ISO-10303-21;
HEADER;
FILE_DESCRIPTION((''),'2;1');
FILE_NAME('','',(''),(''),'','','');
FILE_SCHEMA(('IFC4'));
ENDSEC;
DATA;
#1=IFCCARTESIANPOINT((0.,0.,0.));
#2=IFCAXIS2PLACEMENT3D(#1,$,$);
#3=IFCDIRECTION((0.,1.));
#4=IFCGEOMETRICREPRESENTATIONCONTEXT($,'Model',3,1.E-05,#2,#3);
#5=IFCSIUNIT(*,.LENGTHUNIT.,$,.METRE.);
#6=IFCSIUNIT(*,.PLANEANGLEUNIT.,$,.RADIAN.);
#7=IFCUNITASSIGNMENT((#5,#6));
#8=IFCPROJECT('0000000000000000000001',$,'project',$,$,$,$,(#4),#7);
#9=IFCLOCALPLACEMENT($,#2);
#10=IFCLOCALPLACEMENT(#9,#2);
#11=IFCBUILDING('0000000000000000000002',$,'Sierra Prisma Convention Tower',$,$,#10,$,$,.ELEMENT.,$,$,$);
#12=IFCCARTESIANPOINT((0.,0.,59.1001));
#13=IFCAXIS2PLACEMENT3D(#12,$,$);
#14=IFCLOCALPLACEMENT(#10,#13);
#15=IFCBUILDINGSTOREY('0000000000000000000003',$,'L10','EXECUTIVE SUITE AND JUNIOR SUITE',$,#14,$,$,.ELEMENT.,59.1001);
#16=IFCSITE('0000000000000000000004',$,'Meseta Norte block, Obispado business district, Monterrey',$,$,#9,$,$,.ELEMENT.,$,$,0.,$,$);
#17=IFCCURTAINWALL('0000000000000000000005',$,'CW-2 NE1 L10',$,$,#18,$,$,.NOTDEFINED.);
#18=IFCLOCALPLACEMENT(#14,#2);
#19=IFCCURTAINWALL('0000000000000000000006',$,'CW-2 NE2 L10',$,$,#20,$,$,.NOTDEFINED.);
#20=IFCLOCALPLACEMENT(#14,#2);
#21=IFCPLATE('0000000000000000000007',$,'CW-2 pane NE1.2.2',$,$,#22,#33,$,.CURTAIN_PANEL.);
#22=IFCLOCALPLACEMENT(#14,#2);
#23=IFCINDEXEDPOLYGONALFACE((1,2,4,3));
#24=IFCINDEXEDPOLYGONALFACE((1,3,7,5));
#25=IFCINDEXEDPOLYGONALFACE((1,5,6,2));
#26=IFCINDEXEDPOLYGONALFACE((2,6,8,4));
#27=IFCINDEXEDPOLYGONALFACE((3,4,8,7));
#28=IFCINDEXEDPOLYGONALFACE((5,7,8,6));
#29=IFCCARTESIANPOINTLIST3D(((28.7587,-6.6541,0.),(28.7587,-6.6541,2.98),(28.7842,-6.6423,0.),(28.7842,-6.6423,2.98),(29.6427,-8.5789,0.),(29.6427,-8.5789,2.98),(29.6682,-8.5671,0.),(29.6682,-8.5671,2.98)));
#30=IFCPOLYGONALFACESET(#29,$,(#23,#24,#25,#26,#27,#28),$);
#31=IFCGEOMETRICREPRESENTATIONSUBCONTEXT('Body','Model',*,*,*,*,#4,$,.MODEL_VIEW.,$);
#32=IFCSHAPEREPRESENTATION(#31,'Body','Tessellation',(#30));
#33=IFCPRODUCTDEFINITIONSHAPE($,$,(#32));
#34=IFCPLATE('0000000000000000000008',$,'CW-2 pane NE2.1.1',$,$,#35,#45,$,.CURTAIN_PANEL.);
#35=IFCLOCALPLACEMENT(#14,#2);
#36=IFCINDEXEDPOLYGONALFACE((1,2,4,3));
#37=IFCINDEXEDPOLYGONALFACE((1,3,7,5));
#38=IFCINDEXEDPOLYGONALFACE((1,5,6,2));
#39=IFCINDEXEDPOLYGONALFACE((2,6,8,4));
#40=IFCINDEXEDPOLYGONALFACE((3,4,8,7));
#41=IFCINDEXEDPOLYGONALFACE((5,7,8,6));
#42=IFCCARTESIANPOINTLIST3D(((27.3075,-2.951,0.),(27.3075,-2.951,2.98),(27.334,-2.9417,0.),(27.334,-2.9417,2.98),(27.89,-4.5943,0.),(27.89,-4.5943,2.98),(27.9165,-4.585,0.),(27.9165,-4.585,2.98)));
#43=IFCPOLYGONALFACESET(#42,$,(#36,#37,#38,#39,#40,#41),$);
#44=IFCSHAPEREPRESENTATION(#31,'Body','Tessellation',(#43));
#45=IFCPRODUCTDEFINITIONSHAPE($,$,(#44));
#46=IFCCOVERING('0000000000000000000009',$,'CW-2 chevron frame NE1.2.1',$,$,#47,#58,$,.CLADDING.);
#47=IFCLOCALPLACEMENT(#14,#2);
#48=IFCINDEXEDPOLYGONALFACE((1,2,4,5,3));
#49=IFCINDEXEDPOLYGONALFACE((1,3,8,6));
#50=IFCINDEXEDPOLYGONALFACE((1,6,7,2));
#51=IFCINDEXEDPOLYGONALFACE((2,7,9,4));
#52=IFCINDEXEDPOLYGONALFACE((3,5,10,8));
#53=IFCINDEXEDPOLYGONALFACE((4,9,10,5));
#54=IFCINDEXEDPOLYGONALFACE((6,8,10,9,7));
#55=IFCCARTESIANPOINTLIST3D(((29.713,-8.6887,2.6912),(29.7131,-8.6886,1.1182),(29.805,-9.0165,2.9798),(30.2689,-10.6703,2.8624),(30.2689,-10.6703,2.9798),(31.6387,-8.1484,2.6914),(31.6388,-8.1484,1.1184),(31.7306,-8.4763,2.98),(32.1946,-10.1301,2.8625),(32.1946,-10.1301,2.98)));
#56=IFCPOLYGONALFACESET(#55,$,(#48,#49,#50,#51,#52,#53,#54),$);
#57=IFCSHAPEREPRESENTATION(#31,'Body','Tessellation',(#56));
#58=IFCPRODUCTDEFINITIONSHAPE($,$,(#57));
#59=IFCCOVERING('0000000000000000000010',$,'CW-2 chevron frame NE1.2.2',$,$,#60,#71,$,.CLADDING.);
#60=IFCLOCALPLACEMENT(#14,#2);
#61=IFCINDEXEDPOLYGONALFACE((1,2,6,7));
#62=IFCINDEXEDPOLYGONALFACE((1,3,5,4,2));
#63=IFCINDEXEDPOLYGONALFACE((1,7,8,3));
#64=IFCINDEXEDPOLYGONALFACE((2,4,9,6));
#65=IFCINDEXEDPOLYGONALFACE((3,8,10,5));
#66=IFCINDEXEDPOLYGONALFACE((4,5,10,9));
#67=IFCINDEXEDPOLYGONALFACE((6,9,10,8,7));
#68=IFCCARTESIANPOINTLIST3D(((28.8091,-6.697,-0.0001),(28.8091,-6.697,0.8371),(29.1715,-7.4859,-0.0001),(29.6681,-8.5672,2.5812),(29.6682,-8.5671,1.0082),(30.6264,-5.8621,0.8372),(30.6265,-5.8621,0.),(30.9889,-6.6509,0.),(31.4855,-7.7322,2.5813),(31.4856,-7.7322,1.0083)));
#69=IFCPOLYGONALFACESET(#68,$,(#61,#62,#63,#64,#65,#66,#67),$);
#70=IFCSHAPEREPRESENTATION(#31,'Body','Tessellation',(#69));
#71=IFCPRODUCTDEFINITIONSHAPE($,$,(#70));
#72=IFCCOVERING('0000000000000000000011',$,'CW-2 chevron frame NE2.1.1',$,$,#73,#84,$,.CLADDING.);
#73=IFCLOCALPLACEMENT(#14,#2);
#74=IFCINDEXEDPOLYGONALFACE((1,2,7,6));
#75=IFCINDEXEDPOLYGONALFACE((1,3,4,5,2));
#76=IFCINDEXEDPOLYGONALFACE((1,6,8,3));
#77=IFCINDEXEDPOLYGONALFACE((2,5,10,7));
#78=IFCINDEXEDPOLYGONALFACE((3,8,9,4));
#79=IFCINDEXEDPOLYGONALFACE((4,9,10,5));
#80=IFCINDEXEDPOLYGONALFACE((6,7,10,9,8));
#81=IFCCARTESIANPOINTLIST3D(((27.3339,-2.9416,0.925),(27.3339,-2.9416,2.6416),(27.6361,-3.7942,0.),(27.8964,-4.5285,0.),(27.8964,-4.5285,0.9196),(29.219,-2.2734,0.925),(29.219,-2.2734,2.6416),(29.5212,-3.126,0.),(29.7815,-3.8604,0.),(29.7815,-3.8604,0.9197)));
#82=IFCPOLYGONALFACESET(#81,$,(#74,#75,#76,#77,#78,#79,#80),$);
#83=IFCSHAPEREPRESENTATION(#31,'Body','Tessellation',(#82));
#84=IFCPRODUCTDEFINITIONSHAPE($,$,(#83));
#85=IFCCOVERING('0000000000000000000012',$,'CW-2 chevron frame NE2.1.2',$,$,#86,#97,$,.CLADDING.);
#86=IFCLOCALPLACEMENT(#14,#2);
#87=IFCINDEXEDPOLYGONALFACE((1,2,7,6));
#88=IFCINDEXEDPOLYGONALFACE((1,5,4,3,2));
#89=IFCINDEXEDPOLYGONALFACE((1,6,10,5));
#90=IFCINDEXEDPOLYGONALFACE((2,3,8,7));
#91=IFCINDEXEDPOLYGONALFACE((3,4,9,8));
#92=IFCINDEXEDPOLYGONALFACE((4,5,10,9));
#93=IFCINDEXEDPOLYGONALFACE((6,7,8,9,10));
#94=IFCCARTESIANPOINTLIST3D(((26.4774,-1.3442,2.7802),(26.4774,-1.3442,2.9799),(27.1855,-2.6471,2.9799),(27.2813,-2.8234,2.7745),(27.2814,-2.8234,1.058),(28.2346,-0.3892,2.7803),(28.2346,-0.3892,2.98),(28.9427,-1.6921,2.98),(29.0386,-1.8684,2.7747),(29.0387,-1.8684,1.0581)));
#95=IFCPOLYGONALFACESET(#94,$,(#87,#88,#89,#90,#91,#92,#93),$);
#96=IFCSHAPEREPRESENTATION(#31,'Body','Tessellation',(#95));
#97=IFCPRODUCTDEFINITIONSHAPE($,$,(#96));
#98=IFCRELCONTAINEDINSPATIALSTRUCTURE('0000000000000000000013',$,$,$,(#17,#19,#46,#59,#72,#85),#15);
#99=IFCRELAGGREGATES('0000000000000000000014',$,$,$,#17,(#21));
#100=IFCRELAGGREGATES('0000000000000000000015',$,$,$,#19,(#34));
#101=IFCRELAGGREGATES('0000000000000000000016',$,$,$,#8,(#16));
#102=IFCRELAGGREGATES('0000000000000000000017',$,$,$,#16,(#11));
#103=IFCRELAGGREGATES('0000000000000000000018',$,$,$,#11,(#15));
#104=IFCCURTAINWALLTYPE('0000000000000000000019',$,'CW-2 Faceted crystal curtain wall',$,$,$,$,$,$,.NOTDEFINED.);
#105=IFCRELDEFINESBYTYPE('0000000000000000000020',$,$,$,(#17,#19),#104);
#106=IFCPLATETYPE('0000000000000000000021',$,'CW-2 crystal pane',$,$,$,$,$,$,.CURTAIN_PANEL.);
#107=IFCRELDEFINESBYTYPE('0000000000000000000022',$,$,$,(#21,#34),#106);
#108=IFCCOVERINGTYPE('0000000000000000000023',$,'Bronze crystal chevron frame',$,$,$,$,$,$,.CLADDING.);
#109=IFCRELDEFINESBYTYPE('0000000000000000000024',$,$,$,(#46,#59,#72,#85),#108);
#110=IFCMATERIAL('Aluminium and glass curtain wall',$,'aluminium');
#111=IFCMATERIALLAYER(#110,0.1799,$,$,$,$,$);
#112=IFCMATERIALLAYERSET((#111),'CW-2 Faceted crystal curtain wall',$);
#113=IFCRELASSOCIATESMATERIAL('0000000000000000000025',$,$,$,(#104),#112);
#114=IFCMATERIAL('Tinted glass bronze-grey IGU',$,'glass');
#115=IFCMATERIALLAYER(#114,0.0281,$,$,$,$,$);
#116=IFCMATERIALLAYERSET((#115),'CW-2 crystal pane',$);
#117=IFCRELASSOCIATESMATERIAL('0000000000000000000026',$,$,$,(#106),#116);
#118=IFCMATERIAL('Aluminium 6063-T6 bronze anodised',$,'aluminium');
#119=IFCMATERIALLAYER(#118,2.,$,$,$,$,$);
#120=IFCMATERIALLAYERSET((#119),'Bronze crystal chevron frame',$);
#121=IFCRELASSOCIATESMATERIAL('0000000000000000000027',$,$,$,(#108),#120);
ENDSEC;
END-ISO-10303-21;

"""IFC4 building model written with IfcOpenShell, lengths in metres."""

from ifc_helpers import new_model, si_unit, direction, frame, origin, place, context, subcontext, project, spatial, polyline, outline, extrude, material, layer, layer_set, type_object, element, aggregate, save


model = new_model("IFC4")

# Units and contexts
model_context = context("Model", 3, precision=1e-05, world=origin(), true_north=direction((0.0, 1.0)))
body_context = subcontext(model_context, "Body", "Model", "MODEL_VIEW")
ifc_project = project(units=[si_unit("LENGTHUNIT", "METRE"), si_unit("PLANEANGLEUNIT", "RADIAN")], contexts=[model_context])

# Site, building, storey
site_placement = place(None, origin())
site = spatial("IfcSite", under=ifc_project, at=site_placement, Name="Meseta Norte block, Obispado business district, Monterrey", CompositionType="ELEMENT", RefElevation=0.0)
building_placement = place(site_placement, origin())
building = spatial("IfcBuilding", under=site, at=building_placement, Name="Sierra Prisma Convention Tower", CompositionType="ELEMENT")
storey_placement = place(building_placement, frame((0.0, 0.0, 59.1001)))
storey = spatial("IfcBuildingStorey", under=building, at=storey_placement, Name="L10", Description="EXECUTIVE SUITE AND JUNIOR SUITE", CompositionType="ELEMENT", Elevation=59.1001)

# Curtain walls
ifc_material_1 = material(Name="Aluminium and glass curtain wall", Category="aluminium")
ifc_layer_1 = layer(ifc_material_1, 0.1799)
ifc_layer_set_1 = layer_set([ifc_layer_1], Name="CW-2 Faceted crystal curtain wall")
curtain_wall_type = type_object("IfcCurtainWallType", Name="CW-2 Faceted crystal curtain wall", PredefinedType="NOTDEFINED", material=ifc_layer_set_1)
curtain_wall_1_placement = place(storey_placement, origin())
curtain_wall_1 = element("IfcCurtainWall", 1, at=curtain_wall_1_placement, inside=storey, type_object=curtain_wall_type, Name="CW-2 NE1 L10", PredefinedType="NOTDEFINED")
curtain_wall_2_placement = place(storey_placement, origin())
curtain_wall_2 = element("IfcCurtainWall", 2, at=curtain_wall_2_placement, inside=storey, type_object=curtain_wall_type, Name="CW-2 NE2 L10", PredefinedType="NOTDEFINED")

# Plates
ifc_material_2 = material(Name="Tinted glass bronze-grey IGU", Category="glass")
ifc_layer_2 = layer(ifc_material_2, 0.0281)
ifc_layer_set_2 = layer_set([ifc_layer_2], Name="CW-2 crystal pane")
plate_type = type_object("IfcPlateType", Name="CW-2 crystal pane", PredefinedType="CURTAIN_PANEL", material=ifc_layer_set_2)
plate_1_placement = place(storey_placement, frame((28.7842, -6.6423, 0.0), z_axis=(0.908737, 0.417369, 0.0), x_axis=(0.417369, -0.908737, 0.0)))
plate_1 = element("IfcPlate", 3, at=plate_1_placement, type_object=plate_type, Name="CW-2 pane NE1.2.2", PredefinedType="CURTAIN_PANEL", context=body_context, shape_type="SweptSolid", body=[
    extrude(outline(polyline([(0.0, 0.0), (2.1181, 0.0), (2.1181, -2.98), (0.0, -2.98), (0.0, 0.0)])), origin(), (0.0, 0.0, -1.0), 0.0281),
])
aggregate(curtain_wall_1, [plate_1])
plate_2_placement = place(storey_placement, frame((27.9165, -4.585, 0.0), z_axis=(0.942534, 0.334109, 0.0), x_axis=(-0.334109, 0.942534, 0.0)))
plate_2 = element("IfcPlate", 4, at=plate_2_placement, type_object=plate_type, Name="CW-2 pane NE2.1.1", PredefinedType="CURTAIN_PANEL", context=body_context, shape_type="SweptSolid", body=[
    extrude(outline(polyline([(0.0, 0.0), (1.7435, 0.0), (1.7435, 2.98), (0.0, 2.98), (0.0, 0.0)])), origin(), (0.0, 0.0, -1.0), 0.0281),
])
aggregate(curtain_wall_2, [plate_2])

# Coverings
ifc_material_3 = material(Name="Aluminium 6063-T6 bronze anodised", Category="aluminium")
ifc_layer_3 = layer(ifc_material_3, 2.0)
ifc_layer_set_3 = layer_set([ifc_layer_3], Name="Bronze crystal chevron frame")
covering_type = type_object("IfcCoveringType", Name="Bronze crystal chevron frame", PredefinedType="CLADDING", material=ifc_layer_set_3)
covering_1_placement = place(storey_placement, frame((32.1946, -10.1301, 2.98), z_axis=(0.96283, 0.270108, 0.00009), x_axis=(0.000087, 0.000024, -1.0)))
element("IfcCovering", 5, at=covering_1_placement, inside=storey, type_object=covering_type, Name="CW-2 chevron frame NE1.2.1", PredefinedType="CLADDING", context=body_context, shape_type="SweptSolid", body=[
    extrude(outline(polyline([(0.0, 0.0), (0.1174, 0.0), (1.8616, 2.0582), (0.2886, 2.0582), (0.0, 1.7177), (0.0, 0.0)])), origin(), (0.0, 0.0, -1.0), 2.0),
])
covering_2_placement = place(storey_placement, frame((30.6265, -5.8621, 0.0), z_axis=(0.908687, 0.417479, 0.000053), x_axis=(-0.000048, -0.000022, 1.0)))
element("IfcCovering", 6, at=covering_2_placement, inside=storey, type_object=covering_type, Name="CW-2 chevron frame NE1.2.2", PredefinedType="CLADDING", context=body_context, shape_type="SweptSolid", body=[
    extrude(outline(polyline([(0.0, 0.0), (0.8372, 0.0), (2.5813, 2.058), (1.0083, 2.058), (0.0, 0.8681), (0.0, 0.0)])), origin(), (0.0, 0.0, -1.0), 2.0),
])
covering_3_placement = place(storey_placement, frame((29.7815, -3.8604, 0.0), z_axis=(0.942543, 0.334086, 0.000017), x_axis=(-0.334086, 0.942543, 0.0)))
element("IfcCovering", 7, at=covering_3_placement, inside=storey, type_object=covering_type, Name="CW-2 chevron frame NE2.1.1", PredefinedType="CLADDING", context=body_context, shape_type="SweptSolid", body=[
    extrude(outline(polyline([(0.0, 0.0), (0.7791, 0.0), (1.6837, 0.925), (1.6837, 2.6416), (0.0, 0.9197), (0.0, 0.0)])), origin(), (0.0, 0.0, -1.0), 2.0),
])
covering_4_placement = place(storey_placement, frame((29.0386, -1.8684, 2.7747), z_axis=(0.878624, 0.477514, 0.000061), x_axis=(0.000054, 0.000029, -1.0)))
element("IfcCovering", 8, at=covering_4_placement, inside=storey, type_object=covering_type, Name="CW-2 chevron frame NE2.1.2", PredefinedType="CLADDING", context=body_context, shape_type="SweptSolid", body=[
    extrude(outline(polyline([(0.0, 0.0), (1.7166, 0.0), (-0.0056, 1.6836), (-0.2053, 1.6836), (-0.2053, 0.2007), (0.0, 0.0)])), origin(), (0.0, 0.0, -1.0), 2.0),
])

save(model, "model.ifc")
